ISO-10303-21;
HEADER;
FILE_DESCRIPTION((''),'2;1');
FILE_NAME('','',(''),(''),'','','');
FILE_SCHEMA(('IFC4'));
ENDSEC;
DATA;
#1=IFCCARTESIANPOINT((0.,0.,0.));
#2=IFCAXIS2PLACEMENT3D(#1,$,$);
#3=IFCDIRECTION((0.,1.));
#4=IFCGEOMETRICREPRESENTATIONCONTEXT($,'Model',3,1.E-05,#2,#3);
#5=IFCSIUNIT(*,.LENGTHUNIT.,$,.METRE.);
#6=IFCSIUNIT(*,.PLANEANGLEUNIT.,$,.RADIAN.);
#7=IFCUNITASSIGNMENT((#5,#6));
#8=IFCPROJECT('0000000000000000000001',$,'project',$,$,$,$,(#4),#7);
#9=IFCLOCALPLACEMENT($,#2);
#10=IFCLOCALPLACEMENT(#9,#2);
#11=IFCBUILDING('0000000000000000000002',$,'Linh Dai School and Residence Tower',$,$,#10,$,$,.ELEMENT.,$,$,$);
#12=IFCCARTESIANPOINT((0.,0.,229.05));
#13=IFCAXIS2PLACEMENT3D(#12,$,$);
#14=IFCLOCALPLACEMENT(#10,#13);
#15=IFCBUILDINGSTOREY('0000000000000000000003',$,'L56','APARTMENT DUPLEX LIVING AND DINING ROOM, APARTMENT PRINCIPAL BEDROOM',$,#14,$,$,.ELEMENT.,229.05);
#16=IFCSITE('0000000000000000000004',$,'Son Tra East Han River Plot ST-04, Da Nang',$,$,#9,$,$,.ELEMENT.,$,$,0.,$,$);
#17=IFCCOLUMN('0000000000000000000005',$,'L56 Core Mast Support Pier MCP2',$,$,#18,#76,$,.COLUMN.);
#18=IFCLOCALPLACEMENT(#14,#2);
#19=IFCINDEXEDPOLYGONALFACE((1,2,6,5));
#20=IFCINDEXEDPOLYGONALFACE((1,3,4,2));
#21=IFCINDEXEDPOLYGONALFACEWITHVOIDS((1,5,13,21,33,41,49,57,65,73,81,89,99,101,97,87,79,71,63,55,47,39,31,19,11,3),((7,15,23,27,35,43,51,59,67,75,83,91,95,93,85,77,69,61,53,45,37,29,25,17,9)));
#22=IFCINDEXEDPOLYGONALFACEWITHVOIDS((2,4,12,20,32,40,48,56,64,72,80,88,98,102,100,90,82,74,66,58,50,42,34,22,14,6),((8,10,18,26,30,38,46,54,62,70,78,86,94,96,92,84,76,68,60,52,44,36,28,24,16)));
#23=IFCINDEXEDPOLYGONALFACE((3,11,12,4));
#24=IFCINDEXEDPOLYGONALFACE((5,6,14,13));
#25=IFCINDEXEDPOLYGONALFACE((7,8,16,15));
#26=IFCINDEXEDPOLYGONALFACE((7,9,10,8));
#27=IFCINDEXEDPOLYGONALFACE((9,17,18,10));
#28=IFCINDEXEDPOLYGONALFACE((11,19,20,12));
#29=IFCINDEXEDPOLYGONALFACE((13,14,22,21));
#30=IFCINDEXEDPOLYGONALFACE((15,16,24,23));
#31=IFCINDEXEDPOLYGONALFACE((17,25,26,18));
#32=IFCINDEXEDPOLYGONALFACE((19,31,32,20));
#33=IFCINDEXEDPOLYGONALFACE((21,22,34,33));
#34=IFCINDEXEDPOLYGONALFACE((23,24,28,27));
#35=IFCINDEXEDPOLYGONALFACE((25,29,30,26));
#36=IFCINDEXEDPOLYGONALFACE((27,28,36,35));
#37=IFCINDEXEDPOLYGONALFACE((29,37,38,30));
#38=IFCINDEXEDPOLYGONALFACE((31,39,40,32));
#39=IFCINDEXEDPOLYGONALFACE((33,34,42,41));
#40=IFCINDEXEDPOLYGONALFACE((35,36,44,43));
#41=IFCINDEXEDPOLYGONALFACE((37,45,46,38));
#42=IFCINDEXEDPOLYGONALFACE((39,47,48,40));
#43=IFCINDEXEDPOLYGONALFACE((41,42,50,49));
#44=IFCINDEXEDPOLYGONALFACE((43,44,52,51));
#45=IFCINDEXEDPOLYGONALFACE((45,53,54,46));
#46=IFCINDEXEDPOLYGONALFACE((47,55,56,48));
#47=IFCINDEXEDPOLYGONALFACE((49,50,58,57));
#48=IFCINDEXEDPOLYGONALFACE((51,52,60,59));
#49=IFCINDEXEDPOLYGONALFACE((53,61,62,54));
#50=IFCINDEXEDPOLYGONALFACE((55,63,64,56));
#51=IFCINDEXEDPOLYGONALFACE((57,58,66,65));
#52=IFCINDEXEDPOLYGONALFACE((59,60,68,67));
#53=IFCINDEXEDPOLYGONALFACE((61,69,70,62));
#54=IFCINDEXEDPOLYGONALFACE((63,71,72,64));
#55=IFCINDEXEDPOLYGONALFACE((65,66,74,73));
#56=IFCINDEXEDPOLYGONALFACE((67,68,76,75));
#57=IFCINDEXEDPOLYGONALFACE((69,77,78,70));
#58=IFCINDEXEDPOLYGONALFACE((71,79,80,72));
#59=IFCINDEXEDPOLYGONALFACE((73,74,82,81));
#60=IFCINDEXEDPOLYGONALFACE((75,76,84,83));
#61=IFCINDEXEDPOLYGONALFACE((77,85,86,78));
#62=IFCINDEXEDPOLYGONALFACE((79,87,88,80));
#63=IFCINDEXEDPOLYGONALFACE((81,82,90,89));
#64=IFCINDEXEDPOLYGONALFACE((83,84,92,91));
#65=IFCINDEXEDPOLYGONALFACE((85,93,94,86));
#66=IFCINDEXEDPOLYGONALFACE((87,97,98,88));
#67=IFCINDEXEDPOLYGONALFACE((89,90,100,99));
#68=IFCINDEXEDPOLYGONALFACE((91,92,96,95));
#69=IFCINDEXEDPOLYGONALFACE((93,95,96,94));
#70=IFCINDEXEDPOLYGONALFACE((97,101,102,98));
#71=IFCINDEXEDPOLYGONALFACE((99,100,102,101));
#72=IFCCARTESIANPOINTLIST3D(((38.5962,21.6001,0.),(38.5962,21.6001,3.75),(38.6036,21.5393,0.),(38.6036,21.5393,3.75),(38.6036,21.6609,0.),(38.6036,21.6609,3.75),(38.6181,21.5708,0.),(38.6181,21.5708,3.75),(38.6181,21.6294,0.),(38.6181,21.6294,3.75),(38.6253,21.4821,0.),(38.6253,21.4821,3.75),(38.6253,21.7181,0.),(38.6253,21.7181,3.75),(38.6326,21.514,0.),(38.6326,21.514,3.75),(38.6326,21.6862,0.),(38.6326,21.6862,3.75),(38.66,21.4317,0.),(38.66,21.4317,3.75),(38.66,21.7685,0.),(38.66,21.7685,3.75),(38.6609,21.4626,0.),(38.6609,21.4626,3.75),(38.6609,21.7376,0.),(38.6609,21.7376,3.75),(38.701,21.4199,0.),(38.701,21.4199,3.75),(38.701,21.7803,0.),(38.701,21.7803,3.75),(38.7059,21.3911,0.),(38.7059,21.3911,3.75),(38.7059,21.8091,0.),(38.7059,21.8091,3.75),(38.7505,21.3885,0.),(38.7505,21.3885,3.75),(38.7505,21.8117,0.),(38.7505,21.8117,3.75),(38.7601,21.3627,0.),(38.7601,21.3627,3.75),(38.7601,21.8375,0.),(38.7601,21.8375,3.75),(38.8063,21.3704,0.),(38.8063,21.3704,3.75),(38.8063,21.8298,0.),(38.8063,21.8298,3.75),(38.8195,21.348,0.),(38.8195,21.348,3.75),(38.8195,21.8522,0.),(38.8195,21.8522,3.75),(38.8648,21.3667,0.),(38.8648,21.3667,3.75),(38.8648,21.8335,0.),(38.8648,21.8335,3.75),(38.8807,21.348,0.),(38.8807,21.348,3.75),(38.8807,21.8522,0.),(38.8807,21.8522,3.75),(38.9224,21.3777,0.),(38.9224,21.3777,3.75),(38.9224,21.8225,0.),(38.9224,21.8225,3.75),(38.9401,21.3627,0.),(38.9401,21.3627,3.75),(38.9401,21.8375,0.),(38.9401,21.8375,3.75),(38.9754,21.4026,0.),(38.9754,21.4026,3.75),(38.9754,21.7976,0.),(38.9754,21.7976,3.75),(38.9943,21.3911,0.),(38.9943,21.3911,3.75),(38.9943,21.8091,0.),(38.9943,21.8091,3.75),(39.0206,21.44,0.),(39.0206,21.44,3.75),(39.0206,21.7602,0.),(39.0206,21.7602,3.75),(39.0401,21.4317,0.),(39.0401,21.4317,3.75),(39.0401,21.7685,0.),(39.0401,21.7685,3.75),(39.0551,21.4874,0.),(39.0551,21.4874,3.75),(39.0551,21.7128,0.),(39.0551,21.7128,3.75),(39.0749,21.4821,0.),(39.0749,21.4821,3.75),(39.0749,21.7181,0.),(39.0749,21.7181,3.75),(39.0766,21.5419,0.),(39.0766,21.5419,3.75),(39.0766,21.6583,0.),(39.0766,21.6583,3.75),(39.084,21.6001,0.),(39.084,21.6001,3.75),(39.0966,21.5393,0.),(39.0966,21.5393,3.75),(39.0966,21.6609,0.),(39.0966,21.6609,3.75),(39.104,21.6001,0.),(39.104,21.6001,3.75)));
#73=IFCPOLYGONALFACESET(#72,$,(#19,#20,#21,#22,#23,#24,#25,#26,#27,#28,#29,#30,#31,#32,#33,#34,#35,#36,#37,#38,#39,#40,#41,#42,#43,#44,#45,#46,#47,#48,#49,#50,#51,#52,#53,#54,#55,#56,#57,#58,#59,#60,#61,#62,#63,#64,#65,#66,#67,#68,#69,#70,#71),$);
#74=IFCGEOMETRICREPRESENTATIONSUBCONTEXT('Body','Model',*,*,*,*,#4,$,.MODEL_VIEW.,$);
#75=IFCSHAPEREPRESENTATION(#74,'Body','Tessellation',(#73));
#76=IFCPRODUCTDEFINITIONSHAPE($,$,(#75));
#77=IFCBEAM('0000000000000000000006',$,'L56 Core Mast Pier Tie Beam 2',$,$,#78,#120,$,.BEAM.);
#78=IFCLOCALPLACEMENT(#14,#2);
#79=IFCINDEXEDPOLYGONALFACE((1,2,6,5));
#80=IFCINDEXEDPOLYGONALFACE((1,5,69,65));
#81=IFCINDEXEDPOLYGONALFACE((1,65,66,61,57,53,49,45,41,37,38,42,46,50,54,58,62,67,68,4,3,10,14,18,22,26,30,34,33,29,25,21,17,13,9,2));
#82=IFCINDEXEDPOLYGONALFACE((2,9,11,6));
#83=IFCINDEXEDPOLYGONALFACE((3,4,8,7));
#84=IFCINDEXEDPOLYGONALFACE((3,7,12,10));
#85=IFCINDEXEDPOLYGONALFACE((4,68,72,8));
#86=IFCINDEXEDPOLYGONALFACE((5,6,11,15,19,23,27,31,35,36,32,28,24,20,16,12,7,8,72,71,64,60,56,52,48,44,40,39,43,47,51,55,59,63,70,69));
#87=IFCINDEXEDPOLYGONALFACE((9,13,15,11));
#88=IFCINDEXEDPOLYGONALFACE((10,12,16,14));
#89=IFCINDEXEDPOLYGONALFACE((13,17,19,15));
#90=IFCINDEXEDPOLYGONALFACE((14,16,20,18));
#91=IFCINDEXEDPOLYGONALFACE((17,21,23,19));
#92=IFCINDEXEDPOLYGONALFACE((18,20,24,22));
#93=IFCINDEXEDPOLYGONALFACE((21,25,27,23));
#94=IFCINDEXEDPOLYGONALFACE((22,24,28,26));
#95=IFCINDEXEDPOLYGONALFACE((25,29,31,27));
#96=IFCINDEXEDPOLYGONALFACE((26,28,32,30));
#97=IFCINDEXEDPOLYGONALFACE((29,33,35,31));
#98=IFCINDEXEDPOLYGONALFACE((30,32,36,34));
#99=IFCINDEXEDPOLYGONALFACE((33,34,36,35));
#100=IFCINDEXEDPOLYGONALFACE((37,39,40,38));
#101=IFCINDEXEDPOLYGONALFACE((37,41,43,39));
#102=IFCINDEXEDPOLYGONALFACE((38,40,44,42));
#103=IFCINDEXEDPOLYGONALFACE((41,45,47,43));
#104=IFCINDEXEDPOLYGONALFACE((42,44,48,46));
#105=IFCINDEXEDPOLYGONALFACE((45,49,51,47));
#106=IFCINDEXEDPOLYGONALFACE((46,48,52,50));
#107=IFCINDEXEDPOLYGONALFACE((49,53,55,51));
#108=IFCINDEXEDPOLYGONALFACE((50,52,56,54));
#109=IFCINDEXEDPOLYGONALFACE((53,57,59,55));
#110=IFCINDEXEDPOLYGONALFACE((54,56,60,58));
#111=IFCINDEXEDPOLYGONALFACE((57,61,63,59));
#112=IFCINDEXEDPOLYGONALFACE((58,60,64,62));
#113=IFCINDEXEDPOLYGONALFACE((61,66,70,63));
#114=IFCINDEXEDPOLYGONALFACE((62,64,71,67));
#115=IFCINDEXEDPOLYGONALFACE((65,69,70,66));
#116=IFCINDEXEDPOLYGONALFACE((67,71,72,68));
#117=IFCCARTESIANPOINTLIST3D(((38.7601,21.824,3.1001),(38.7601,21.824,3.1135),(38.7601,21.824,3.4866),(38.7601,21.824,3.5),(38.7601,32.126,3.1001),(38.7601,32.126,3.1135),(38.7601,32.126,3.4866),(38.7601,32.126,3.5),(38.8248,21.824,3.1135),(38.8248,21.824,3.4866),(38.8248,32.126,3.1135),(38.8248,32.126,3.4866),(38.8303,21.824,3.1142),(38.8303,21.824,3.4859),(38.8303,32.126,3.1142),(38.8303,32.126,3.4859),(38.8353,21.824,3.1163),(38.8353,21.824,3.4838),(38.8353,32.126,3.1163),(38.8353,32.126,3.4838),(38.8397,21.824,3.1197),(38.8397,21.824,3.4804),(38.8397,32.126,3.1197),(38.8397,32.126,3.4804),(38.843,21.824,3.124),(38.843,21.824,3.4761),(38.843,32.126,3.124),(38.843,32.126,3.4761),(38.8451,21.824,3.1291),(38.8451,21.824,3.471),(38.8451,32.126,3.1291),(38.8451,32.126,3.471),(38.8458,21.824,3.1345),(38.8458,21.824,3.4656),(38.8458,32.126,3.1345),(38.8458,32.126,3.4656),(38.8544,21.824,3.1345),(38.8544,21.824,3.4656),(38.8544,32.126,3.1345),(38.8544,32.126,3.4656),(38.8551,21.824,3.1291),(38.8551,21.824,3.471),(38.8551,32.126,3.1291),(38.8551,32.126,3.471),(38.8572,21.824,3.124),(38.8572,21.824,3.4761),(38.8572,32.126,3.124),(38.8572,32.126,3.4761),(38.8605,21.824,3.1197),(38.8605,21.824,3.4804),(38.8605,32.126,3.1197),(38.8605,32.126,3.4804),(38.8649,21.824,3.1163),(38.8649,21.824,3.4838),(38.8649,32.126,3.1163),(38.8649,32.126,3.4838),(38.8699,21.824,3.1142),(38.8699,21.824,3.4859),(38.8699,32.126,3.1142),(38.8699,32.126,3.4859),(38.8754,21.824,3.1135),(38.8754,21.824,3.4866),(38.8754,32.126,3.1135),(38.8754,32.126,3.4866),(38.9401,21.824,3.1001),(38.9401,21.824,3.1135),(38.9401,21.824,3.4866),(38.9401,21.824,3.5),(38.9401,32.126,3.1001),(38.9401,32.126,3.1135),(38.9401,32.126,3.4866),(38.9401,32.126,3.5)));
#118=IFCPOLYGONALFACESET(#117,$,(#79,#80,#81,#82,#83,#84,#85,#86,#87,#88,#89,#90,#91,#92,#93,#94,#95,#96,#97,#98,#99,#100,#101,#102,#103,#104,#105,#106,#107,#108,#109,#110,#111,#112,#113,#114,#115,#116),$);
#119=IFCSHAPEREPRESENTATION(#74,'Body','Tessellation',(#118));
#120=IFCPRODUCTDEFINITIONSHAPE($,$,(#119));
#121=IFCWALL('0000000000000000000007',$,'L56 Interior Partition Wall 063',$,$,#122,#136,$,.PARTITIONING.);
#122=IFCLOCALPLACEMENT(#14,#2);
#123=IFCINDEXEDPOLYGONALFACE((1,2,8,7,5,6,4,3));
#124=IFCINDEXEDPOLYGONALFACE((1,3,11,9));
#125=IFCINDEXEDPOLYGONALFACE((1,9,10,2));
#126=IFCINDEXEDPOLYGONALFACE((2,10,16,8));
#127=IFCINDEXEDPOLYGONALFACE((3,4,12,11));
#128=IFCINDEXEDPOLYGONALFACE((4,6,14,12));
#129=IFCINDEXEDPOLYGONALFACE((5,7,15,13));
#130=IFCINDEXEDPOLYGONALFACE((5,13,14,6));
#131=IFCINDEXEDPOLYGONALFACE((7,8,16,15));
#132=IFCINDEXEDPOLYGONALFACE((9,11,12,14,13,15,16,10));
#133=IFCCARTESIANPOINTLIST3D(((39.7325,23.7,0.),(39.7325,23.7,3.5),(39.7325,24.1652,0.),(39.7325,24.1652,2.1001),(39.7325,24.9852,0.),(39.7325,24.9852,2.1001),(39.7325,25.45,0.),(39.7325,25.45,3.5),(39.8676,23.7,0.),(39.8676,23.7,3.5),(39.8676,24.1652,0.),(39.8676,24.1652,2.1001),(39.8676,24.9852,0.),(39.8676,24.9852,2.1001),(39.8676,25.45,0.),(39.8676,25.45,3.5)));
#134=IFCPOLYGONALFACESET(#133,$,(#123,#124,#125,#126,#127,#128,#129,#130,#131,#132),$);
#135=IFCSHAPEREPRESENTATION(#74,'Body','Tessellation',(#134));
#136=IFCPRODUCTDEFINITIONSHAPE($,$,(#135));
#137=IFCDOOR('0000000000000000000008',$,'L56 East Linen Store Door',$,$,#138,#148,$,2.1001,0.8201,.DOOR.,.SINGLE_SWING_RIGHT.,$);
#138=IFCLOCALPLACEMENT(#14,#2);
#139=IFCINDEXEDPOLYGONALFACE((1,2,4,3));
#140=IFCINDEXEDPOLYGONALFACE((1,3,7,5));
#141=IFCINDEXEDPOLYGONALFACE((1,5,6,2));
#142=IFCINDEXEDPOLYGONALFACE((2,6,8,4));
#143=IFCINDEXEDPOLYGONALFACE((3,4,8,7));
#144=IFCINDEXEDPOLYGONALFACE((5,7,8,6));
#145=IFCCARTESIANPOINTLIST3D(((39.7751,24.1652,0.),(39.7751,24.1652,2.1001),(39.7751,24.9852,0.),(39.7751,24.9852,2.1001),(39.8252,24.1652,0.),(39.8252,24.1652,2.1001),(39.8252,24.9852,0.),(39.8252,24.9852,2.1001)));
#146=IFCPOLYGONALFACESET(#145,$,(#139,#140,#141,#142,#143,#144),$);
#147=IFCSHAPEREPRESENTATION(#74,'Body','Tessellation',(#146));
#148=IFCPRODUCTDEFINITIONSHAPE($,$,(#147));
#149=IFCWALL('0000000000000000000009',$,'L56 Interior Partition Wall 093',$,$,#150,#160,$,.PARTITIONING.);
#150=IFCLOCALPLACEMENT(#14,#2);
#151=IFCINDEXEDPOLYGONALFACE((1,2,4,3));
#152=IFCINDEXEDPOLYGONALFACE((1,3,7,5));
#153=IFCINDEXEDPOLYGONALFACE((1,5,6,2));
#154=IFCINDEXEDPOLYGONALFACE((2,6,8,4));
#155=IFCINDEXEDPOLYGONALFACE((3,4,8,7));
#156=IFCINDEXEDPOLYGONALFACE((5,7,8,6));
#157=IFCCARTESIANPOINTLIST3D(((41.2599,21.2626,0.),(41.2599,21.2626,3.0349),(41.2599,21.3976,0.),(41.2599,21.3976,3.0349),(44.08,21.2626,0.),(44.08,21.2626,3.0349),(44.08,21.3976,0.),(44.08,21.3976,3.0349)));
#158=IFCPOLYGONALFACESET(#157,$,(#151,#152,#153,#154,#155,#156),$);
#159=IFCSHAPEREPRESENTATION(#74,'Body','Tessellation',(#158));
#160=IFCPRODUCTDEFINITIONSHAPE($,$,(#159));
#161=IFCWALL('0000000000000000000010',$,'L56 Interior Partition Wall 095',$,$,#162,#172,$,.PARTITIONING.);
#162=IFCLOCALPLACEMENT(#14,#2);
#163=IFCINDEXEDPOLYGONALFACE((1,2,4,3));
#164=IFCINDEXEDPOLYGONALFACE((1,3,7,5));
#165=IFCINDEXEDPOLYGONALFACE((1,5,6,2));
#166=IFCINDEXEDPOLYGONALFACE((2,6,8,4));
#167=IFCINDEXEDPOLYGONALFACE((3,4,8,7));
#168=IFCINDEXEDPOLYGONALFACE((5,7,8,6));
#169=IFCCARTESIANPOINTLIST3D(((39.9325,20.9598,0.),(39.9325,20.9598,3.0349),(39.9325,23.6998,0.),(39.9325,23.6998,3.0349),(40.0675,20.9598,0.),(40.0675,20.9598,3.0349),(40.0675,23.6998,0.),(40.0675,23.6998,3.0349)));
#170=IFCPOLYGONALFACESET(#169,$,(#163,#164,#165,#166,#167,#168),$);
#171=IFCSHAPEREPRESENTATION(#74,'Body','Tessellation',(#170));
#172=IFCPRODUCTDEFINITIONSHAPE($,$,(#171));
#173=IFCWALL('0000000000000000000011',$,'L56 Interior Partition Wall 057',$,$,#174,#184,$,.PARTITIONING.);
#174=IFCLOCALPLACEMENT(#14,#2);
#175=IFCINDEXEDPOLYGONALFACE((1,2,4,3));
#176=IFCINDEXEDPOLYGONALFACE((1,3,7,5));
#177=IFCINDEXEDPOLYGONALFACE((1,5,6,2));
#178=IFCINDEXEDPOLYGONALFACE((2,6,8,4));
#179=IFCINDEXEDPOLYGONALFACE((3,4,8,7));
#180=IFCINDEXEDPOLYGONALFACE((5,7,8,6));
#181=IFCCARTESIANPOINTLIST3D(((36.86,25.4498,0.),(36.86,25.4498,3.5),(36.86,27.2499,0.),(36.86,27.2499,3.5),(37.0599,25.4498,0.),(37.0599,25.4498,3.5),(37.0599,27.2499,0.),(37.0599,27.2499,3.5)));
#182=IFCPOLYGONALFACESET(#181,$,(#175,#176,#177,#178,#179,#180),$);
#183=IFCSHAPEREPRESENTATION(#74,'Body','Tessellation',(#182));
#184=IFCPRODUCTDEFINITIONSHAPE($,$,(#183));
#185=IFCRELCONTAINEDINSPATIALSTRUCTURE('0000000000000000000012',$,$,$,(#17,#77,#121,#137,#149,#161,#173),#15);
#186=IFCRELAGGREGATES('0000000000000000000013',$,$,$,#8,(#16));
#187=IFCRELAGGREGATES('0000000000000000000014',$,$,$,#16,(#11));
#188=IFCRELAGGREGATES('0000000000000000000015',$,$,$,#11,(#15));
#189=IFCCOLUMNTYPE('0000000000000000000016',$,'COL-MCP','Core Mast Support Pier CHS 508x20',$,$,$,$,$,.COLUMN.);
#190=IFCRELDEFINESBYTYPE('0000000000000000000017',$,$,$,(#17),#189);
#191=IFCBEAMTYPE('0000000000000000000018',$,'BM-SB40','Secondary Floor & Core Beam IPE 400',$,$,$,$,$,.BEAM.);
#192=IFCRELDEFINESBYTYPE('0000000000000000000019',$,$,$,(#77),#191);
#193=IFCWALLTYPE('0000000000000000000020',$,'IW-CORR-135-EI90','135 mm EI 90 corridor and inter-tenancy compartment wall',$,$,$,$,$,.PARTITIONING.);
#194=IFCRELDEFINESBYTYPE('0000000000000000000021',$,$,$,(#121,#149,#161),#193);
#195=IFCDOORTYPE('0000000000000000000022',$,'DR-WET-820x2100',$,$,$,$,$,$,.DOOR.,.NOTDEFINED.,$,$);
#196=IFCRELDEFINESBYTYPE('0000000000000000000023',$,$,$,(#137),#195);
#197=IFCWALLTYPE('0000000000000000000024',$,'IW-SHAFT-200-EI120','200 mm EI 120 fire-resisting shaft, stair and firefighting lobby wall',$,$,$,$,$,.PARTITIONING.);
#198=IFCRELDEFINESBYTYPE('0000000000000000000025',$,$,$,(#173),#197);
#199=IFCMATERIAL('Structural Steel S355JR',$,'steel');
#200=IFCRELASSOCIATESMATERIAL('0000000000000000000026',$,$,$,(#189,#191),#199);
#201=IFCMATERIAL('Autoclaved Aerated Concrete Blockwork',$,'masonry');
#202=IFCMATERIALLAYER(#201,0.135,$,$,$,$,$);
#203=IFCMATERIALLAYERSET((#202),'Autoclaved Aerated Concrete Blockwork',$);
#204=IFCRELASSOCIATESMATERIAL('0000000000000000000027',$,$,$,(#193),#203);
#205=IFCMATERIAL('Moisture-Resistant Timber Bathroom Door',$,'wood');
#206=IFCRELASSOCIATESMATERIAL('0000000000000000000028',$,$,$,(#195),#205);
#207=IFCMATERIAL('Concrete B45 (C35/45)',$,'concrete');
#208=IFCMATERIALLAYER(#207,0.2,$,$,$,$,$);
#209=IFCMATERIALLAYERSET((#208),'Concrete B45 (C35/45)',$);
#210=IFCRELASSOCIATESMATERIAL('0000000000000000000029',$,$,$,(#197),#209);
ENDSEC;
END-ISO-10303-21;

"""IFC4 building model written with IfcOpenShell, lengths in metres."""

from ifc_helpers import new_model, si_unit, direction, frame, frame_2d, origin, origin_2d, place, context, subcontext, project, spatial, rectangle, hollow_circle, i_section, extrude, source, transform, mapped, material, layer, layer_set, material_profile, profile_set, type_object, element, fill, save


model = new_model("IFC4")

# Units and contexts
model_context = context("Model", 3, precision=1e-05, world=origin(), true_north=direction((0.0, 1.0)))
body_context = subcontext(model_context, "Body", "Model", "MODEL_VIEW")
ifc_project = project(units=[si_unit("LENGTHUNIT", "METRE"), si_unit("PLANEANGLEUNIT", "RADIAN")], contexts=[model_context])

# Site, building, storey
site_placement = place(None, origin())
site = spatial("IfcSite", under=ifc_project, at=site_placement, Name="Son Tra East Han River Plot ST-04, Da Nang", CompositionType="ELEMENT", RefElevation=0.0)
building_placement = place(site_placement, origin())
building = spatial("IfcBuilding", under=site, at=building_placement, Name="Linh Dai School and Residence Tower", CompositionType="ELEMENT")
storey_placement = place(building_placement, frame((0.0, 0.0, 229.05)))
storey = spatial("IfcBuildingStorey", under=building, at=storey_placement, Name="L56", Description="APARTMENT DUPLEX LIVING AND DINING ROOM, APARTMENT PRINCIPAL BEDROOM", CompositionType="ELEMENT", Elevation=229.05)

# Column
ifc_material_1 = material(Name="Structural Steel S355JR", Category="steel")
ifc_material_profile_1 = material_profile(ifc_material_1, hollow_circle(Radius=0.2539, WallThickness=0.02, at=origin_2d()), Name="CHS 508x20")
ifc_profile_set_1 = profile_set([ifc_material_profile_1], Name="Structural Steel S355JR")
column_type_1 = type_object("IfcColumnType", Name="COL-MCP", Description="Core Mast Support Pier CHS 508x20", PredefinedType="COLUMN", material=ifc_profile_set_1)
column_placement = place(storey_placement, frame((38.8501, 21.6001, 0.0), z_axis=(0.0, 0.0, 1.0), x_axis=(1.0, 0.0, 0.0)))
element("IfcColumn", 1, at=column_placement, inside=storey, type_object=column_type_1, Name="L56 Core Mast Support Pier MCP2", PredefinedType="COLUMN", context=body_context, shape_type="SweptSolid", body=[
    extrude(hollow_circle(Radius=0.2539, WallThickness=0.02, at=origin_2d()), origin(), (0.0, 0.0, 1.0), 3.75),
])

# Beam
ifc_material_profile_2 = material_profile(ifc_material_1, i_section(OverallWidth=0.1799, OverallDepth=0.3999, WebThickness=0.0085, FlangeThickness=0.0134, FilletRadius=0.021, at=origin_2d()), Name="IPE 400")
ifc_profile_set_2 = profile_set([ifc_material_profile_2], Name="Structural Steel S355JR")
beam_type = type_object("IfcBeamType", Name="BM-SB40", Description="Secondary Floor & Core Beam IPE 400", PredefinedType="BEAM", material=ifc_profile_set_2)
beam_placement = place(storey_placement, frame((38.8501, 21.824, 3.3), z_axis=(0.0, 1.0, 0.0), x_axis=(-1.0, 0.0, 0.0)))
element("IfcBeam", 2, at=beam_placement, inside=storey, type_object=beam_type, Name="L56 Core Mast Pier Tie Beam 2", PredefinedType="BEAM", context=body_context, shape_type="SweptSolid", body=[
    extrude(i_section(OverallWidth=0.1799, OverallDepth=0.3999, WebThickness=0.0085, FlangeThickness=0.0134, FilletRadius=0.021, at=origin_2d()), origin(), (0.0, 0.0, 1.0), 10.302),
])

# Wall, opening, door
ifc_material_2 = material(Name="Autoclaved Aerated Concrete Blockwork", Category="masonry")
ifc_layer_1 = layer(ifc_material_2, 0.135)
ifc_layer_set_1 = layer_set([ifc_layer_1], Name="Autoclaved Aerated Concrete Blockwork")
wall_type_1 = type_object("IfcWallType", Name="IW-CORR-135-EI90", Description="135 mm EI 90 corridor and inter-tenancy compartment wall", PredefinedType="PARTITIONING", material=ifc_layer_set_1)
wall_1_placement = place(storey_placement, frame((39.8, 23.7, 0.0), z_axis=(0.0, 0.0, 1.0), x_axis=(0.0, 1.0, 0.0)))
wall_1 = element("IfcWall", 3, at=wall_1_placement, inside=storey, type_object=wall_type_1, Name="L56 Interior Partition Wall 063", PredefinedType="PARTITIONING", context=body_context, shape_type="SweptSolid", body=[
    extrude(rectangle(XDim=1.75, YDim=0.135, at=frame_2d((0.875, 0.0))), origin(), (0.0, 0.0, 1.0), 3.5),
])
opening_placement = place(wall_1_placement, frame((0.4651, 0.0, 0.0)))
opening = element("IfcOpeningElement", 4, at=opening_placement, cuts=wall_1, PredefinedType="OPENING", context=body_context, shape_type="SweptSolid", body=[
    extrude(rectangle(XDim=0.8201, YDim=2.1001, at=origin_2d()), frame((0.4102, 0.0776, 1.05), z_axis=(0.0, -1.0, 0.0), x_axis=(1.0, 0.0, 0.0)), (0.0, 0.0, 1.0), 0.155),
])
ifc_material_3 = material(Name="Moisture-Resistant Timber Bathroom Door", Category="wood")
door_type = type_object("IfcDoorType", Name="DR-WET-820x2100", OperationType="NOTDEFINED", PredefinedType="DOOR", material=ifc_material_3)
shared_shape_1 = source(origin(), body_context, "Body", "SweptSolid", [
    extrude(rectangle(XDim=0.8201, YDim=2.1001, at=origin_2d()), frame((0.4102, 0.0249, 1.05), z_axis=(0.0, -1.0, 0.0), x_axis=(1.0, 0.0, 0.0)), (0.0, 0.0, 1.0), 0.05),
])
door_placement = place(opening_placement, origin())
door = element("IfcDoor", 5, at=door_placement, inside=storey, type_object=door_type, Name="L56 East Linen Store Door", OperationType="SINGLE_SWING_RIGHT", OverallHeight=2.1001, OverallWidth=0.8201, PredefinedType="DOOR", context=body_context, shape_type="MappedRepresentation", body=[
    mapped(shared_shape_1, transform((0.0, 0.0, 0.0), x_axis=(1.0, 0.0, 0.0), y_axis=(0.0, 1.0, 0.0), z_axis=(0.0, 0.0, 1.0), scale=1.0)),
])
fill(opening, door)

# Walls
wall_2_placement = place(storey_placement, frame((44.0801, 21.3301, 0.0), z_axis=(0.0, 0.0, 1.0), x_axis=(-1.0, 0.0, 0.0)))
element("IfcWall", 6, at=wall_2_placement, inside=storey, type_object=wall_type_1, Name="L56 Interior Partition Wall 093", PredefinedType="PARTITIONING", context=body_context, shape_type="SweptSolid", body=[
    extrude(rectangle(XDim=2.8201, YDim=0.135, at=frame_2d((1.4102, 0.0))), origin(), (0.0, 0.0, 1.0), 3.0349),
])
wall_3_placement = place(storey_placement, frame((40.0, 23.7, 0.0), z_axis=(0.0, 0.0, 1.0), x_axis=(0.0, -1.0, 0.0)))
element("IfcWall", 7, at=wall_3_placement, inside=storey, type_object=wall_type_1, Name="L56 Interior Partition Wall 095", PredefinedType="PARTITIONING", context=body_context, shape_type="SweptSolid", body=[
    extrude(rectangle(XDim=2.74, YDim=0.135, at=frame_2d((1.3701, 0.0))), origin(), (0.0, 0.0, 1.0), 3.0349),
])
ifc_material_4 = material(Name="Concrete B45 (C35/45)", Category="concrete")
ifc_layer_2 = layer(ifc_material_4, 0.2)
ifc_layer_set_2 = layer_set([ifc_layer_2], Name="Concrete B45 (C35/45)")
wall_type_2 = type_object("IfcWallType", Name="IW-SHAFT-200-EI120", Description="200 mm EI 120 fire-resisting shaft, stair and firefighting lobby wall", PredefinedType="PARTITIONING", material=ifc_layer_set_2)
wall_4_placement = place(storey_placement, frame((36.96, 25.45, 0.0), z_axis=(0.0, 0.0, 1.0), x_axis=(0.0, 1.0, 0.0)))
element("IfcWall", 8, at=wall_4_placement, inside=storey, type_object=wall_type_2, Name="L56 Interior Partition Wall 057", PredefinedType="PARTITIONING", context=body_context, shape_type="SweptSolid", body=[
    extrude(rectangle(XDim=1.8, YDim=0.2, at=frame_2d((0.8999, 0.0))), origin(), (0.0, 0.0, 1.0), 3.5),
])

save(model, "model.ifc")
